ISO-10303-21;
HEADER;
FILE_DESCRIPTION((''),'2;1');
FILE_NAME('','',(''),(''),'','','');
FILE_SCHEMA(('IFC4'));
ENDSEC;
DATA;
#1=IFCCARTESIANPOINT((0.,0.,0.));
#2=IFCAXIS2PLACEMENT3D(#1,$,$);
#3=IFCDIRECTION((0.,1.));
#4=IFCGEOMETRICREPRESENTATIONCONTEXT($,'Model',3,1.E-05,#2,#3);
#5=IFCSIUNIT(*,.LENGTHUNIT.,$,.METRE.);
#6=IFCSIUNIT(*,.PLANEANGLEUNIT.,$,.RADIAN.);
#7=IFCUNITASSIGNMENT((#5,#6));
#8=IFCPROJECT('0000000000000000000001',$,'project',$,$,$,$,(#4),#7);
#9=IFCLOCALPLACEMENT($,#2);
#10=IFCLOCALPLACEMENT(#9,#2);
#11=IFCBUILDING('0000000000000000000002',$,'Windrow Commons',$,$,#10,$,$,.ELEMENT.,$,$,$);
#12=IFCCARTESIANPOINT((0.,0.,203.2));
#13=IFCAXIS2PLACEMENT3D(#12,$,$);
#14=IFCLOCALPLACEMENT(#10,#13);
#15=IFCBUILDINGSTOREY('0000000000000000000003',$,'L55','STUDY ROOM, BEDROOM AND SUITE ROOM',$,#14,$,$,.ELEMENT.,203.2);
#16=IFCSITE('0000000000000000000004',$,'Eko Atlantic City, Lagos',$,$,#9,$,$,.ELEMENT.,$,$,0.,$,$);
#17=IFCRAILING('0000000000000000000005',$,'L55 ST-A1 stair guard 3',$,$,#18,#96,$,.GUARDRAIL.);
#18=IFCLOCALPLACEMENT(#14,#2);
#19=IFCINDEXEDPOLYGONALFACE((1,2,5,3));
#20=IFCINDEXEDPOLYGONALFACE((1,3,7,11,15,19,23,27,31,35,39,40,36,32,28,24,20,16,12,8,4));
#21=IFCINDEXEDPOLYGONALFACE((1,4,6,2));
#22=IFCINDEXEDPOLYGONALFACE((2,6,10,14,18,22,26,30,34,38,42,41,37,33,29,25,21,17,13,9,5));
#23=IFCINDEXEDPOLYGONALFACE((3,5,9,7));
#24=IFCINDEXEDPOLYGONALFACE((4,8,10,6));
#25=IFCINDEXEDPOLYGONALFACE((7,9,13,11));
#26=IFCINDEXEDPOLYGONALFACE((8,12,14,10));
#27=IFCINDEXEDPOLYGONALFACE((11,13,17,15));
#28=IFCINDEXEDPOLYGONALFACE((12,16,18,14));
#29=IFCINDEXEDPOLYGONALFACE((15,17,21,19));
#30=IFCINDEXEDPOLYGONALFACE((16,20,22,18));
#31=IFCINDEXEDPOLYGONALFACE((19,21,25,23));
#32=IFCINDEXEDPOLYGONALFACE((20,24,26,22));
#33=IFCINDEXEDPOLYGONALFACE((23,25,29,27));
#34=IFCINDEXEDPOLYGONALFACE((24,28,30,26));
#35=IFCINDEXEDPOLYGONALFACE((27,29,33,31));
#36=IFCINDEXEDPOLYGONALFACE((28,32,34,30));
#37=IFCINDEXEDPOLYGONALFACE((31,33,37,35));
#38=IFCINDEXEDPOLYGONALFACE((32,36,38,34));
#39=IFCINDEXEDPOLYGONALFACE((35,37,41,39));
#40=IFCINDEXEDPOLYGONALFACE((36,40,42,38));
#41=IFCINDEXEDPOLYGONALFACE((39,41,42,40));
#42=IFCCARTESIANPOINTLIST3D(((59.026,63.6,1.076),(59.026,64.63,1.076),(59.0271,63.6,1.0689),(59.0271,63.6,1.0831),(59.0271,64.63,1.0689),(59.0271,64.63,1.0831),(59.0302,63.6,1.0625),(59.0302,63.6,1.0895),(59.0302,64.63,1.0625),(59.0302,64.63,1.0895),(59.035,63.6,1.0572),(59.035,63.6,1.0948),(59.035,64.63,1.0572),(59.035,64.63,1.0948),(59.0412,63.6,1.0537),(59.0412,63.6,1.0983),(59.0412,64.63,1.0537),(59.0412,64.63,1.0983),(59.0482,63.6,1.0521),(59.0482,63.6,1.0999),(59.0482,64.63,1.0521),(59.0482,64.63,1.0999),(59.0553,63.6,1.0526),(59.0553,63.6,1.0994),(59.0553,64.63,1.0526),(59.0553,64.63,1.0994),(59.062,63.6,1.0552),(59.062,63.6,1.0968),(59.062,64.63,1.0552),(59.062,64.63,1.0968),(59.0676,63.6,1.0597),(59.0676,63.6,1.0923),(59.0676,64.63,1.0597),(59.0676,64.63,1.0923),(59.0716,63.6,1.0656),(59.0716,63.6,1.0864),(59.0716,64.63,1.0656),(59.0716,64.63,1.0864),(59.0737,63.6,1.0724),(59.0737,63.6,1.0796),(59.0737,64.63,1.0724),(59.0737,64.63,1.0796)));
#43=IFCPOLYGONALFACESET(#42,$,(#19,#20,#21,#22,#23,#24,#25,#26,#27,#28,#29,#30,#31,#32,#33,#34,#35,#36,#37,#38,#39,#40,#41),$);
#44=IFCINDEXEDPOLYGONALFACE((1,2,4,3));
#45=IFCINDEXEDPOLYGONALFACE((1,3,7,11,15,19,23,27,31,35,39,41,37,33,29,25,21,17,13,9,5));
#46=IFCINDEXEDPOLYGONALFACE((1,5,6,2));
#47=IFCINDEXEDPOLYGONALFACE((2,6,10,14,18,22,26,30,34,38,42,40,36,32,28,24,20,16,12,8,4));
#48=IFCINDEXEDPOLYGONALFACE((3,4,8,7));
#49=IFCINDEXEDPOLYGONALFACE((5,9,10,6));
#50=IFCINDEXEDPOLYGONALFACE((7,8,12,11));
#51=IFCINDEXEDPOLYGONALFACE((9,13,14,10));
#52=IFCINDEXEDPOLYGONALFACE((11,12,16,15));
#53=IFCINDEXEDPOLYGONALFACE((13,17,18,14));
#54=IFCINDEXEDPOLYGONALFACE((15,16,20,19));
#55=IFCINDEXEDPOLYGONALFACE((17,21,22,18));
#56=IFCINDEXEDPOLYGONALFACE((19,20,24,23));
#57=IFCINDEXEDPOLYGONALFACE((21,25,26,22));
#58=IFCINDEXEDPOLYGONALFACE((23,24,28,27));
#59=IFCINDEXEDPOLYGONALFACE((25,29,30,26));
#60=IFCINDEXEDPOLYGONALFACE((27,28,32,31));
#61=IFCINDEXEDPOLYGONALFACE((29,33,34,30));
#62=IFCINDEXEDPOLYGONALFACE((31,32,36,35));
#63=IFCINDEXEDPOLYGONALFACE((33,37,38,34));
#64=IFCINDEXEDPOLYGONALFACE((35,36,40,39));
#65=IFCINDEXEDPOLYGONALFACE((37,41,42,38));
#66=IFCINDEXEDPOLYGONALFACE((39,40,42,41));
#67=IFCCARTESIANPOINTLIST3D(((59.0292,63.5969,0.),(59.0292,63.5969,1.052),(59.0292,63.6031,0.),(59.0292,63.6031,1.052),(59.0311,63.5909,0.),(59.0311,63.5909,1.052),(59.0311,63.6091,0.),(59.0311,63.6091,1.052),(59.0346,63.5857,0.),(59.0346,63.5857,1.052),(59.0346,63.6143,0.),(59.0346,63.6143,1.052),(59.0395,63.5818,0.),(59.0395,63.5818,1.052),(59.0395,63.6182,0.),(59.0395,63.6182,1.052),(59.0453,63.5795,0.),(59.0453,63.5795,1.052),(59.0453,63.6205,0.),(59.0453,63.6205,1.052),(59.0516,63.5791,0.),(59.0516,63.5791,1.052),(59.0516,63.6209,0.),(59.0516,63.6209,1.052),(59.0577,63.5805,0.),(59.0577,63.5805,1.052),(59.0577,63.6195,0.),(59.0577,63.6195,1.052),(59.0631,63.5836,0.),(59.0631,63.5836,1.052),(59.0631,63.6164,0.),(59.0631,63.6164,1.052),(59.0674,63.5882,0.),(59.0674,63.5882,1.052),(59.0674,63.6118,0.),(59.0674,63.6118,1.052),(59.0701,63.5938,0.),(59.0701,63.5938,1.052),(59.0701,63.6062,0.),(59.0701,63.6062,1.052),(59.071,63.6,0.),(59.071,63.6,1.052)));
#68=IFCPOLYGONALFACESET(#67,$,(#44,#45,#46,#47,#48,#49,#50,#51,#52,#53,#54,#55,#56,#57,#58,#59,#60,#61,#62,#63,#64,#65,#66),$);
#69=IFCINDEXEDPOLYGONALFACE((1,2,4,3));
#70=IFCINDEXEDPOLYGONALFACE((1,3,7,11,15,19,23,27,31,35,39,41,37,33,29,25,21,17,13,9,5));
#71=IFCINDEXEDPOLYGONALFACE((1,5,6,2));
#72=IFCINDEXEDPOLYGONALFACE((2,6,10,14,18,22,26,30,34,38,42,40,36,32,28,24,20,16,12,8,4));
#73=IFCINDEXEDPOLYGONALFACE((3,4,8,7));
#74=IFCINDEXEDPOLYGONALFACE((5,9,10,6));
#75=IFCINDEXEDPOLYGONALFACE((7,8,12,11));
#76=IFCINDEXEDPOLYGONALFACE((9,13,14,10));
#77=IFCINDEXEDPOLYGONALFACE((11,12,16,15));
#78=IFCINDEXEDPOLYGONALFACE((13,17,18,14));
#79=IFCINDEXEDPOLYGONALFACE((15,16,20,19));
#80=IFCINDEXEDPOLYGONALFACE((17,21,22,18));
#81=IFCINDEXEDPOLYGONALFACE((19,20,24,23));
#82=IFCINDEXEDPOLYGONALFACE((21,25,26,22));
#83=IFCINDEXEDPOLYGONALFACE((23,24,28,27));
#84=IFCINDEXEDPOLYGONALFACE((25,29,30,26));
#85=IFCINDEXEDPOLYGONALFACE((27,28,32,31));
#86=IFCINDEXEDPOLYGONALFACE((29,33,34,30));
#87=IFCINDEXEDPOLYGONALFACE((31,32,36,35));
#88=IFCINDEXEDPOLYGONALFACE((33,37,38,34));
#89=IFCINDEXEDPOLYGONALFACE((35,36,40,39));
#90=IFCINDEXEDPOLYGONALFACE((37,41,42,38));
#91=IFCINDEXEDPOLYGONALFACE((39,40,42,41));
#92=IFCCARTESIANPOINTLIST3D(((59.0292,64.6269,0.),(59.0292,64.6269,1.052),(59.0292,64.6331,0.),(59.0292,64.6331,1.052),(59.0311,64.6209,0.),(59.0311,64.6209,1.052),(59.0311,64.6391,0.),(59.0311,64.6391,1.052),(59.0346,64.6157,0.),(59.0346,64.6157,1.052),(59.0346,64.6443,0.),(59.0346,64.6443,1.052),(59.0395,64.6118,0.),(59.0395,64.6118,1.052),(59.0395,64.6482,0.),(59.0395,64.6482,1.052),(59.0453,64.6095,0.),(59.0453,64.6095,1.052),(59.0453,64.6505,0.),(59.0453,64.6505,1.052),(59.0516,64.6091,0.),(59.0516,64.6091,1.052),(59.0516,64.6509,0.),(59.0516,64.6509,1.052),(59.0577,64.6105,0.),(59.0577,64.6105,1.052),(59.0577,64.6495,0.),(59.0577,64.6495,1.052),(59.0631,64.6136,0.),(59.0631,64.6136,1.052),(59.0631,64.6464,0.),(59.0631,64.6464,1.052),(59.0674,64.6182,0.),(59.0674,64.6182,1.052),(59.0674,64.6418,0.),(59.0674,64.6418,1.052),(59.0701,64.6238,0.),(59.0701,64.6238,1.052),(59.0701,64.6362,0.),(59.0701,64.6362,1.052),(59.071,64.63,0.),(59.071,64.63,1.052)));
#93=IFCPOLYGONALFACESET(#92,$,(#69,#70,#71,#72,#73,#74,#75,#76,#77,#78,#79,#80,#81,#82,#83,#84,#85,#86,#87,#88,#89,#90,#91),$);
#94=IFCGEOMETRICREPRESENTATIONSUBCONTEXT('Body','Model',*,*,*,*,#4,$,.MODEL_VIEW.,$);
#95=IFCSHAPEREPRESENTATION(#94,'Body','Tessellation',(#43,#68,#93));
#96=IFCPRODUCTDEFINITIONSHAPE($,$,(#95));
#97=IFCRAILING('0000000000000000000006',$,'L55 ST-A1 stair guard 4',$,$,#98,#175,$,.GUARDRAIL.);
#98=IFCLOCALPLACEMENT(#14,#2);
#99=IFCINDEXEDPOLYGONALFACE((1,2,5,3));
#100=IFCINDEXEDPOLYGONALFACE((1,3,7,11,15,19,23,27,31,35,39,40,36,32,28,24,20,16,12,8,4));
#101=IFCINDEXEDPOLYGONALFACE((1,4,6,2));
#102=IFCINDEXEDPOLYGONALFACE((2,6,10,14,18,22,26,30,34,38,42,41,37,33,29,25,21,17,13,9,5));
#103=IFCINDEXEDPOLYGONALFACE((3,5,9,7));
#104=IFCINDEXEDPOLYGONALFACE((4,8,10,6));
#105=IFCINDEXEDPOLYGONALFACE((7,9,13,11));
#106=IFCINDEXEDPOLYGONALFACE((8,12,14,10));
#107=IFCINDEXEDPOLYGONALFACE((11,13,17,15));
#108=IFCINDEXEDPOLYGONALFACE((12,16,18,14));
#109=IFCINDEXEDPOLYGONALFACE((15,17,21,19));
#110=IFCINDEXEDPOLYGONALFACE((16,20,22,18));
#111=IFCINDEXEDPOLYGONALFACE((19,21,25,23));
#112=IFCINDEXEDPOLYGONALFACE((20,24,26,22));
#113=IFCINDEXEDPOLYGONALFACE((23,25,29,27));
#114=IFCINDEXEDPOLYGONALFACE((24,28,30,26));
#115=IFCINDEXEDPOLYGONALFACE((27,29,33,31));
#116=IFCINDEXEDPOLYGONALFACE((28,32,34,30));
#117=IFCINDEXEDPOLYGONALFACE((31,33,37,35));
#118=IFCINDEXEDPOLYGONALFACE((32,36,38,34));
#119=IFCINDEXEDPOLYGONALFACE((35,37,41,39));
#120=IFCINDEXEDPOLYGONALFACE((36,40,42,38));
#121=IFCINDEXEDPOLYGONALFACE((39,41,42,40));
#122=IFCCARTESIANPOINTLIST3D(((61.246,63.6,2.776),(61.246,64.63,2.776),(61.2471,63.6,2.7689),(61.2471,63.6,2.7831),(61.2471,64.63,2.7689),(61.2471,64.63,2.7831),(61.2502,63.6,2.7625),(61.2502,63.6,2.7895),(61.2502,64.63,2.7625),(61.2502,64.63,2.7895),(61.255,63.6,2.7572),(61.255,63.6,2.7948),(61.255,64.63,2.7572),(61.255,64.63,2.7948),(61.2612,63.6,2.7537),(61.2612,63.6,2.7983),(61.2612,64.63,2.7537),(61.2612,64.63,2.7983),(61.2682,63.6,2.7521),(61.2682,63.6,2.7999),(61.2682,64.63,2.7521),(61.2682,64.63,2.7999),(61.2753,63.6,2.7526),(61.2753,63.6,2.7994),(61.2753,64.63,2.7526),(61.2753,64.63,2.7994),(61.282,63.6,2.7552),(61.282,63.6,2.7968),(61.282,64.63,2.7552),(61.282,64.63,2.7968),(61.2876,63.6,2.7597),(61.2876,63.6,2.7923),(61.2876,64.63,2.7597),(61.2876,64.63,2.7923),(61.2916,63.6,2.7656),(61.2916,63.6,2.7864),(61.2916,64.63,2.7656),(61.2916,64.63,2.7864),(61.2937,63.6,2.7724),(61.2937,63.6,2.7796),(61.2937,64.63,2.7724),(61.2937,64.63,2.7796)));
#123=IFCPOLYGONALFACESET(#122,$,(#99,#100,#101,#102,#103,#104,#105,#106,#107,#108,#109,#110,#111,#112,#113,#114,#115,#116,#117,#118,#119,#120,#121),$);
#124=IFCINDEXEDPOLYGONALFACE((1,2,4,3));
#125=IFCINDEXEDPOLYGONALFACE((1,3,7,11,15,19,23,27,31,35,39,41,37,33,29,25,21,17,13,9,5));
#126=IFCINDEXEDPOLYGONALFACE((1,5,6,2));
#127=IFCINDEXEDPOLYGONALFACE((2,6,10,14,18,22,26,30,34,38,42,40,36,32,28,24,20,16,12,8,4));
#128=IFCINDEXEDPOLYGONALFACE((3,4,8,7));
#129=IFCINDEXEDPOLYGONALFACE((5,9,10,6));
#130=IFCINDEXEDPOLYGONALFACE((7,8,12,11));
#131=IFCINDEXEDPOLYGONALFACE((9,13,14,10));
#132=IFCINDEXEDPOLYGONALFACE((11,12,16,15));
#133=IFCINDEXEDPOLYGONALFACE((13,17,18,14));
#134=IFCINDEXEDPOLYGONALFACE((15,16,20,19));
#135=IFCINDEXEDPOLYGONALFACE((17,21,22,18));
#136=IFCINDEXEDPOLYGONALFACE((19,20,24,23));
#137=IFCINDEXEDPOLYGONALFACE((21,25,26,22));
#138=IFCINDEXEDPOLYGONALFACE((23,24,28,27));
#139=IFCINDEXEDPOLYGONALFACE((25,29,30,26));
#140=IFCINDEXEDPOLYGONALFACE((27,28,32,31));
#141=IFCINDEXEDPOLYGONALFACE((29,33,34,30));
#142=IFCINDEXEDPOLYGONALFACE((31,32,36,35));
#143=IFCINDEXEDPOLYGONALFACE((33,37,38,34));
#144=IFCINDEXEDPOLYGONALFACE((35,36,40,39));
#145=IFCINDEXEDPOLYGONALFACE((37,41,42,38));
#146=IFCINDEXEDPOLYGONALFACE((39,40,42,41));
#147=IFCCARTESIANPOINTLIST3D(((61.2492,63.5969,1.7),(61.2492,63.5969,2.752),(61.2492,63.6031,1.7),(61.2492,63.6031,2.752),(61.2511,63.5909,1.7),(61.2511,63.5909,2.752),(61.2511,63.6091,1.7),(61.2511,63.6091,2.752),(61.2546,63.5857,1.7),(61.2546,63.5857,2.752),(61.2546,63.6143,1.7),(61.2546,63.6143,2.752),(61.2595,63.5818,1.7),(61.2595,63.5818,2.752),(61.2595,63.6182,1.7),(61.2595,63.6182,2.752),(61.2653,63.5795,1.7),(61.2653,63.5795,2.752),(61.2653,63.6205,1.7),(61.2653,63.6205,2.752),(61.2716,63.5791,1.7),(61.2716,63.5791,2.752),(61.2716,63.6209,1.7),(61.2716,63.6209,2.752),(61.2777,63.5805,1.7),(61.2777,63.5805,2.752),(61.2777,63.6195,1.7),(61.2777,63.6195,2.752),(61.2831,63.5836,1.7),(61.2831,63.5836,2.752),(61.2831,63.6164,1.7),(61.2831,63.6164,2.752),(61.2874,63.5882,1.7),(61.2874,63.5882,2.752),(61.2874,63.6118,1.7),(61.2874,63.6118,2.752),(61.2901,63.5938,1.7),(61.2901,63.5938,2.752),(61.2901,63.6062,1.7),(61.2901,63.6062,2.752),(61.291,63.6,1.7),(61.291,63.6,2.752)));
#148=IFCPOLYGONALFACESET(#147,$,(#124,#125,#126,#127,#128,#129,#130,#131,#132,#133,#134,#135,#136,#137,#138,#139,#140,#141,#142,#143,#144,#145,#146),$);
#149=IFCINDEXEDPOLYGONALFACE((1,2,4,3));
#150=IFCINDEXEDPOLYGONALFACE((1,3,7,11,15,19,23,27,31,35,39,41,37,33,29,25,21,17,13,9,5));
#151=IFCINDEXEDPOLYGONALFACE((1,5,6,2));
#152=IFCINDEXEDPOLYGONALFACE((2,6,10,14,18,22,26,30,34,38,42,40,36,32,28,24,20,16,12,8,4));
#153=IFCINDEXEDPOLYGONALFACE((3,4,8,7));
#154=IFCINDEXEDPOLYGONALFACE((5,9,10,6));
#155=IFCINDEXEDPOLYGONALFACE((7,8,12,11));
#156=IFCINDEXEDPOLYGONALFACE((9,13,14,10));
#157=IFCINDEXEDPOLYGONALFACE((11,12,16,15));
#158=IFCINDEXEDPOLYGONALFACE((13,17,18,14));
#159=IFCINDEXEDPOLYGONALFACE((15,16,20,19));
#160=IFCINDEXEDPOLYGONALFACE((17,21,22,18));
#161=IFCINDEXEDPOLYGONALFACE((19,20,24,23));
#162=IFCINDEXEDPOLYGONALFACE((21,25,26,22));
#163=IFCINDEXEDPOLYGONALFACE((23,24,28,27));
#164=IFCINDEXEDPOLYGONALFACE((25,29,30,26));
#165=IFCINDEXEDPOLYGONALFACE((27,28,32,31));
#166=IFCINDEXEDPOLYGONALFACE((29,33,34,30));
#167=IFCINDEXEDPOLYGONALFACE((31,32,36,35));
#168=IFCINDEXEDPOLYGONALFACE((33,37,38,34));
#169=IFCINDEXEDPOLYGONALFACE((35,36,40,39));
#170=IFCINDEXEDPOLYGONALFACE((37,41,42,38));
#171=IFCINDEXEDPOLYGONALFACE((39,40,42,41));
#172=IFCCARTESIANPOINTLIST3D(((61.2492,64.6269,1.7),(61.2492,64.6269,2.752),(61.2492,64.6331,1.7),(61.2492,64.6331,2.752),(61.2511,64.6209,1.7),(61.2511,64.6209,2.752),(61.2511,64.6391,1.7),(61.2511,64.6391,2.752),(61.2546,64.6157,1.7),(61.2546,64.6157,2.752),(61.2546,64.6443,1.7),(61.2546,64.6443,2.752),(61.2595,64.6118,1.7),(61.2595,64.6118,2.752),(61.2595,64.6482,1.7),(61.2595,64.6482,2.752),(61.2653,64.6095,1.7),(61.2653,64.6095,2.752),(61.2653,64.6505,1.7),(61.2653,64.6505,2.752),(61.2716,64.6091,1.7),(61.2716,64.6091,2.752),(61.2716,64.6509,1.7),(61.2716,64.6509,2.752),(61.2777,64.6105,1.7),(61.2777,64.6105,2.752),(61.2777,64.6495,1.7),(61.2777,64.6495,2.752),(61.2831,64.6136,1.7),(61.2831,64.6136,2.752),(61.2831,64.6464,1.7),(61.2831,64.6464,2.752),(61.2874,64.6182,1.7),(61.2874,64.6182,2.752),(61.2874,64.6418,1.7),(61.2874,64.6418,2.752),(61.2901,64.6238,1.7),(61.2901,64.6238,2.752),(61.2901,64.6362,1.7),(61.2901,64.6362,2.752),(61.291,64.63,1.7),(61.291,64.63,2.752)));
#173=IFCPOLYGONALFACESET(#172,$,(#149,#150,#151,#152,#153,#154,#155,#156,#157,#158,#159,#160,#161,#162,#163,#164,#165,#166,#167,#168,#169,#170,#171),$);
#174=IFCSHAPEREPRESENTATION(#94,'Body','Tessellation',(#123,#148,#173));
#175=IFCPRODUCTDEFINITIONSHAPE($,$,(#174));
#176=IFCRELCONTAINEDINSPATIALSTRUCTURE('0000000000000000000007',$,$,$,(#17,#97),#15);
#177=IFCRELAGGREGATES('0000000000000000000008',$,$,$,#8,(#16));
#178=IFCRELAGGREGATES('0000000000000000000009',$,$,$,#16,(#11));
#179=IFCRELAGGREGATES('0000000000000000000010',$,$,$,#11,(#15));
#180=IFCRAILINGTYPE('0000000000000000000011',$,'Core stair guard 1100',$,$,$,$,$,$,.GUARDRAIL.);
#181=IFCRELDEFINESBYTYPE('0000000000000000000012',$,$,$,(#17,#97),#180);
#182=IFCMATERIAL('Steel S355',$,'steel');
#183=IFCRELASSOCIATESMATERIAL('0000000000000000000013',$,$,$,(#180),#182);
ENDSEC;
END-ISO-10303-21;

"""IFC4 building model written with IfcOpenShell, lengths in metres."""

from ifc_helpers import new_model, si_unit, direction, frame, origin, origin_2d, place, context, subcontext, project, spatial, circle, extrude, material, type_object, element, save


model = new_model("IFC4")

# Units and contexts
model_context = context("Model", 3, precision=1e-05, world=origin(), true_north=direction((0.0, 1.0)))
body_context = subcontext(model_context, "Body", "Model", "MODEL_VIEW")
ifc_project = project(units=[si_unit("LENGTHUNIT", "METRE"), si_unit("PLANEANGLEUNIT", "RADIAN")], contexts=[model_context])

# Site, building, storey
site_placement = place(None, origin())
site = spatial("IfcSite", under=ifc_project, at=site_placement, Name="Eko Atlantic City, Lagos", CompositionType="ELEMENT", RefElevation=0.0)
building_placement = place(site_placement, origin())
building = spatial("IfcBuilding", under=site, at=building_placement, Name="Windrow Commons", CompositionType="ELEMENT")
storey_placement = place(building_placement, frame((0.0, 0.0, 203.2)))
storey = spatial("IfcBuildingStorey", under=building, at=storey_placement, Name="L55", Description="STUDY ROOM, BEDROOM AND SUITE ROOM", CompositionType="ELEMENT", Elevation=203.2)

# Railings
ifc_material_1 = material(Name="Steel S355", Category="steel")
railing_type_1 = type_object("IfcRailingType", Name="Core stair guard 1100", PredefinedType="GUARDRAIL", material=ifc_material_1)
for number, where, name in (
    (1, (59.05, 63.6, 0.0), "L55 ST-A1 stair guard 3"),
    (2, (61.27, 63.6, 1.7), "L55 ST-A1 stair guard 4"),
):
    element("IfcRailing", number, at=place(storey_placement, frame(where)), inside=storey, type_object=railing_type_1, Name=name, PredefinedType="GUARDRAIL", context=body_context, shape_type="SweptSolid", body=[
        extrude(circle(Radius=0.024, at=origin_2d()), frame((0.0, 0.0, 1.076), z_axis=(0.0, 1.0, 0.0), x_axis=(-1.0, 0.0, 0.0)), (0.0, 0.0, 1.0), 1.03),
        extrude(circle(Radius=0.021, at=origin_2d()), origin(), (0.0, 0.0, 1.0), 1.052),
        extrude(circle(Radius=0.021, at=origin_2d()), frame((0.0, 1.03, 0.0)), (0.0, 0.0, 1.0), 1.052),
    ])

save(model, "model.ifc")
